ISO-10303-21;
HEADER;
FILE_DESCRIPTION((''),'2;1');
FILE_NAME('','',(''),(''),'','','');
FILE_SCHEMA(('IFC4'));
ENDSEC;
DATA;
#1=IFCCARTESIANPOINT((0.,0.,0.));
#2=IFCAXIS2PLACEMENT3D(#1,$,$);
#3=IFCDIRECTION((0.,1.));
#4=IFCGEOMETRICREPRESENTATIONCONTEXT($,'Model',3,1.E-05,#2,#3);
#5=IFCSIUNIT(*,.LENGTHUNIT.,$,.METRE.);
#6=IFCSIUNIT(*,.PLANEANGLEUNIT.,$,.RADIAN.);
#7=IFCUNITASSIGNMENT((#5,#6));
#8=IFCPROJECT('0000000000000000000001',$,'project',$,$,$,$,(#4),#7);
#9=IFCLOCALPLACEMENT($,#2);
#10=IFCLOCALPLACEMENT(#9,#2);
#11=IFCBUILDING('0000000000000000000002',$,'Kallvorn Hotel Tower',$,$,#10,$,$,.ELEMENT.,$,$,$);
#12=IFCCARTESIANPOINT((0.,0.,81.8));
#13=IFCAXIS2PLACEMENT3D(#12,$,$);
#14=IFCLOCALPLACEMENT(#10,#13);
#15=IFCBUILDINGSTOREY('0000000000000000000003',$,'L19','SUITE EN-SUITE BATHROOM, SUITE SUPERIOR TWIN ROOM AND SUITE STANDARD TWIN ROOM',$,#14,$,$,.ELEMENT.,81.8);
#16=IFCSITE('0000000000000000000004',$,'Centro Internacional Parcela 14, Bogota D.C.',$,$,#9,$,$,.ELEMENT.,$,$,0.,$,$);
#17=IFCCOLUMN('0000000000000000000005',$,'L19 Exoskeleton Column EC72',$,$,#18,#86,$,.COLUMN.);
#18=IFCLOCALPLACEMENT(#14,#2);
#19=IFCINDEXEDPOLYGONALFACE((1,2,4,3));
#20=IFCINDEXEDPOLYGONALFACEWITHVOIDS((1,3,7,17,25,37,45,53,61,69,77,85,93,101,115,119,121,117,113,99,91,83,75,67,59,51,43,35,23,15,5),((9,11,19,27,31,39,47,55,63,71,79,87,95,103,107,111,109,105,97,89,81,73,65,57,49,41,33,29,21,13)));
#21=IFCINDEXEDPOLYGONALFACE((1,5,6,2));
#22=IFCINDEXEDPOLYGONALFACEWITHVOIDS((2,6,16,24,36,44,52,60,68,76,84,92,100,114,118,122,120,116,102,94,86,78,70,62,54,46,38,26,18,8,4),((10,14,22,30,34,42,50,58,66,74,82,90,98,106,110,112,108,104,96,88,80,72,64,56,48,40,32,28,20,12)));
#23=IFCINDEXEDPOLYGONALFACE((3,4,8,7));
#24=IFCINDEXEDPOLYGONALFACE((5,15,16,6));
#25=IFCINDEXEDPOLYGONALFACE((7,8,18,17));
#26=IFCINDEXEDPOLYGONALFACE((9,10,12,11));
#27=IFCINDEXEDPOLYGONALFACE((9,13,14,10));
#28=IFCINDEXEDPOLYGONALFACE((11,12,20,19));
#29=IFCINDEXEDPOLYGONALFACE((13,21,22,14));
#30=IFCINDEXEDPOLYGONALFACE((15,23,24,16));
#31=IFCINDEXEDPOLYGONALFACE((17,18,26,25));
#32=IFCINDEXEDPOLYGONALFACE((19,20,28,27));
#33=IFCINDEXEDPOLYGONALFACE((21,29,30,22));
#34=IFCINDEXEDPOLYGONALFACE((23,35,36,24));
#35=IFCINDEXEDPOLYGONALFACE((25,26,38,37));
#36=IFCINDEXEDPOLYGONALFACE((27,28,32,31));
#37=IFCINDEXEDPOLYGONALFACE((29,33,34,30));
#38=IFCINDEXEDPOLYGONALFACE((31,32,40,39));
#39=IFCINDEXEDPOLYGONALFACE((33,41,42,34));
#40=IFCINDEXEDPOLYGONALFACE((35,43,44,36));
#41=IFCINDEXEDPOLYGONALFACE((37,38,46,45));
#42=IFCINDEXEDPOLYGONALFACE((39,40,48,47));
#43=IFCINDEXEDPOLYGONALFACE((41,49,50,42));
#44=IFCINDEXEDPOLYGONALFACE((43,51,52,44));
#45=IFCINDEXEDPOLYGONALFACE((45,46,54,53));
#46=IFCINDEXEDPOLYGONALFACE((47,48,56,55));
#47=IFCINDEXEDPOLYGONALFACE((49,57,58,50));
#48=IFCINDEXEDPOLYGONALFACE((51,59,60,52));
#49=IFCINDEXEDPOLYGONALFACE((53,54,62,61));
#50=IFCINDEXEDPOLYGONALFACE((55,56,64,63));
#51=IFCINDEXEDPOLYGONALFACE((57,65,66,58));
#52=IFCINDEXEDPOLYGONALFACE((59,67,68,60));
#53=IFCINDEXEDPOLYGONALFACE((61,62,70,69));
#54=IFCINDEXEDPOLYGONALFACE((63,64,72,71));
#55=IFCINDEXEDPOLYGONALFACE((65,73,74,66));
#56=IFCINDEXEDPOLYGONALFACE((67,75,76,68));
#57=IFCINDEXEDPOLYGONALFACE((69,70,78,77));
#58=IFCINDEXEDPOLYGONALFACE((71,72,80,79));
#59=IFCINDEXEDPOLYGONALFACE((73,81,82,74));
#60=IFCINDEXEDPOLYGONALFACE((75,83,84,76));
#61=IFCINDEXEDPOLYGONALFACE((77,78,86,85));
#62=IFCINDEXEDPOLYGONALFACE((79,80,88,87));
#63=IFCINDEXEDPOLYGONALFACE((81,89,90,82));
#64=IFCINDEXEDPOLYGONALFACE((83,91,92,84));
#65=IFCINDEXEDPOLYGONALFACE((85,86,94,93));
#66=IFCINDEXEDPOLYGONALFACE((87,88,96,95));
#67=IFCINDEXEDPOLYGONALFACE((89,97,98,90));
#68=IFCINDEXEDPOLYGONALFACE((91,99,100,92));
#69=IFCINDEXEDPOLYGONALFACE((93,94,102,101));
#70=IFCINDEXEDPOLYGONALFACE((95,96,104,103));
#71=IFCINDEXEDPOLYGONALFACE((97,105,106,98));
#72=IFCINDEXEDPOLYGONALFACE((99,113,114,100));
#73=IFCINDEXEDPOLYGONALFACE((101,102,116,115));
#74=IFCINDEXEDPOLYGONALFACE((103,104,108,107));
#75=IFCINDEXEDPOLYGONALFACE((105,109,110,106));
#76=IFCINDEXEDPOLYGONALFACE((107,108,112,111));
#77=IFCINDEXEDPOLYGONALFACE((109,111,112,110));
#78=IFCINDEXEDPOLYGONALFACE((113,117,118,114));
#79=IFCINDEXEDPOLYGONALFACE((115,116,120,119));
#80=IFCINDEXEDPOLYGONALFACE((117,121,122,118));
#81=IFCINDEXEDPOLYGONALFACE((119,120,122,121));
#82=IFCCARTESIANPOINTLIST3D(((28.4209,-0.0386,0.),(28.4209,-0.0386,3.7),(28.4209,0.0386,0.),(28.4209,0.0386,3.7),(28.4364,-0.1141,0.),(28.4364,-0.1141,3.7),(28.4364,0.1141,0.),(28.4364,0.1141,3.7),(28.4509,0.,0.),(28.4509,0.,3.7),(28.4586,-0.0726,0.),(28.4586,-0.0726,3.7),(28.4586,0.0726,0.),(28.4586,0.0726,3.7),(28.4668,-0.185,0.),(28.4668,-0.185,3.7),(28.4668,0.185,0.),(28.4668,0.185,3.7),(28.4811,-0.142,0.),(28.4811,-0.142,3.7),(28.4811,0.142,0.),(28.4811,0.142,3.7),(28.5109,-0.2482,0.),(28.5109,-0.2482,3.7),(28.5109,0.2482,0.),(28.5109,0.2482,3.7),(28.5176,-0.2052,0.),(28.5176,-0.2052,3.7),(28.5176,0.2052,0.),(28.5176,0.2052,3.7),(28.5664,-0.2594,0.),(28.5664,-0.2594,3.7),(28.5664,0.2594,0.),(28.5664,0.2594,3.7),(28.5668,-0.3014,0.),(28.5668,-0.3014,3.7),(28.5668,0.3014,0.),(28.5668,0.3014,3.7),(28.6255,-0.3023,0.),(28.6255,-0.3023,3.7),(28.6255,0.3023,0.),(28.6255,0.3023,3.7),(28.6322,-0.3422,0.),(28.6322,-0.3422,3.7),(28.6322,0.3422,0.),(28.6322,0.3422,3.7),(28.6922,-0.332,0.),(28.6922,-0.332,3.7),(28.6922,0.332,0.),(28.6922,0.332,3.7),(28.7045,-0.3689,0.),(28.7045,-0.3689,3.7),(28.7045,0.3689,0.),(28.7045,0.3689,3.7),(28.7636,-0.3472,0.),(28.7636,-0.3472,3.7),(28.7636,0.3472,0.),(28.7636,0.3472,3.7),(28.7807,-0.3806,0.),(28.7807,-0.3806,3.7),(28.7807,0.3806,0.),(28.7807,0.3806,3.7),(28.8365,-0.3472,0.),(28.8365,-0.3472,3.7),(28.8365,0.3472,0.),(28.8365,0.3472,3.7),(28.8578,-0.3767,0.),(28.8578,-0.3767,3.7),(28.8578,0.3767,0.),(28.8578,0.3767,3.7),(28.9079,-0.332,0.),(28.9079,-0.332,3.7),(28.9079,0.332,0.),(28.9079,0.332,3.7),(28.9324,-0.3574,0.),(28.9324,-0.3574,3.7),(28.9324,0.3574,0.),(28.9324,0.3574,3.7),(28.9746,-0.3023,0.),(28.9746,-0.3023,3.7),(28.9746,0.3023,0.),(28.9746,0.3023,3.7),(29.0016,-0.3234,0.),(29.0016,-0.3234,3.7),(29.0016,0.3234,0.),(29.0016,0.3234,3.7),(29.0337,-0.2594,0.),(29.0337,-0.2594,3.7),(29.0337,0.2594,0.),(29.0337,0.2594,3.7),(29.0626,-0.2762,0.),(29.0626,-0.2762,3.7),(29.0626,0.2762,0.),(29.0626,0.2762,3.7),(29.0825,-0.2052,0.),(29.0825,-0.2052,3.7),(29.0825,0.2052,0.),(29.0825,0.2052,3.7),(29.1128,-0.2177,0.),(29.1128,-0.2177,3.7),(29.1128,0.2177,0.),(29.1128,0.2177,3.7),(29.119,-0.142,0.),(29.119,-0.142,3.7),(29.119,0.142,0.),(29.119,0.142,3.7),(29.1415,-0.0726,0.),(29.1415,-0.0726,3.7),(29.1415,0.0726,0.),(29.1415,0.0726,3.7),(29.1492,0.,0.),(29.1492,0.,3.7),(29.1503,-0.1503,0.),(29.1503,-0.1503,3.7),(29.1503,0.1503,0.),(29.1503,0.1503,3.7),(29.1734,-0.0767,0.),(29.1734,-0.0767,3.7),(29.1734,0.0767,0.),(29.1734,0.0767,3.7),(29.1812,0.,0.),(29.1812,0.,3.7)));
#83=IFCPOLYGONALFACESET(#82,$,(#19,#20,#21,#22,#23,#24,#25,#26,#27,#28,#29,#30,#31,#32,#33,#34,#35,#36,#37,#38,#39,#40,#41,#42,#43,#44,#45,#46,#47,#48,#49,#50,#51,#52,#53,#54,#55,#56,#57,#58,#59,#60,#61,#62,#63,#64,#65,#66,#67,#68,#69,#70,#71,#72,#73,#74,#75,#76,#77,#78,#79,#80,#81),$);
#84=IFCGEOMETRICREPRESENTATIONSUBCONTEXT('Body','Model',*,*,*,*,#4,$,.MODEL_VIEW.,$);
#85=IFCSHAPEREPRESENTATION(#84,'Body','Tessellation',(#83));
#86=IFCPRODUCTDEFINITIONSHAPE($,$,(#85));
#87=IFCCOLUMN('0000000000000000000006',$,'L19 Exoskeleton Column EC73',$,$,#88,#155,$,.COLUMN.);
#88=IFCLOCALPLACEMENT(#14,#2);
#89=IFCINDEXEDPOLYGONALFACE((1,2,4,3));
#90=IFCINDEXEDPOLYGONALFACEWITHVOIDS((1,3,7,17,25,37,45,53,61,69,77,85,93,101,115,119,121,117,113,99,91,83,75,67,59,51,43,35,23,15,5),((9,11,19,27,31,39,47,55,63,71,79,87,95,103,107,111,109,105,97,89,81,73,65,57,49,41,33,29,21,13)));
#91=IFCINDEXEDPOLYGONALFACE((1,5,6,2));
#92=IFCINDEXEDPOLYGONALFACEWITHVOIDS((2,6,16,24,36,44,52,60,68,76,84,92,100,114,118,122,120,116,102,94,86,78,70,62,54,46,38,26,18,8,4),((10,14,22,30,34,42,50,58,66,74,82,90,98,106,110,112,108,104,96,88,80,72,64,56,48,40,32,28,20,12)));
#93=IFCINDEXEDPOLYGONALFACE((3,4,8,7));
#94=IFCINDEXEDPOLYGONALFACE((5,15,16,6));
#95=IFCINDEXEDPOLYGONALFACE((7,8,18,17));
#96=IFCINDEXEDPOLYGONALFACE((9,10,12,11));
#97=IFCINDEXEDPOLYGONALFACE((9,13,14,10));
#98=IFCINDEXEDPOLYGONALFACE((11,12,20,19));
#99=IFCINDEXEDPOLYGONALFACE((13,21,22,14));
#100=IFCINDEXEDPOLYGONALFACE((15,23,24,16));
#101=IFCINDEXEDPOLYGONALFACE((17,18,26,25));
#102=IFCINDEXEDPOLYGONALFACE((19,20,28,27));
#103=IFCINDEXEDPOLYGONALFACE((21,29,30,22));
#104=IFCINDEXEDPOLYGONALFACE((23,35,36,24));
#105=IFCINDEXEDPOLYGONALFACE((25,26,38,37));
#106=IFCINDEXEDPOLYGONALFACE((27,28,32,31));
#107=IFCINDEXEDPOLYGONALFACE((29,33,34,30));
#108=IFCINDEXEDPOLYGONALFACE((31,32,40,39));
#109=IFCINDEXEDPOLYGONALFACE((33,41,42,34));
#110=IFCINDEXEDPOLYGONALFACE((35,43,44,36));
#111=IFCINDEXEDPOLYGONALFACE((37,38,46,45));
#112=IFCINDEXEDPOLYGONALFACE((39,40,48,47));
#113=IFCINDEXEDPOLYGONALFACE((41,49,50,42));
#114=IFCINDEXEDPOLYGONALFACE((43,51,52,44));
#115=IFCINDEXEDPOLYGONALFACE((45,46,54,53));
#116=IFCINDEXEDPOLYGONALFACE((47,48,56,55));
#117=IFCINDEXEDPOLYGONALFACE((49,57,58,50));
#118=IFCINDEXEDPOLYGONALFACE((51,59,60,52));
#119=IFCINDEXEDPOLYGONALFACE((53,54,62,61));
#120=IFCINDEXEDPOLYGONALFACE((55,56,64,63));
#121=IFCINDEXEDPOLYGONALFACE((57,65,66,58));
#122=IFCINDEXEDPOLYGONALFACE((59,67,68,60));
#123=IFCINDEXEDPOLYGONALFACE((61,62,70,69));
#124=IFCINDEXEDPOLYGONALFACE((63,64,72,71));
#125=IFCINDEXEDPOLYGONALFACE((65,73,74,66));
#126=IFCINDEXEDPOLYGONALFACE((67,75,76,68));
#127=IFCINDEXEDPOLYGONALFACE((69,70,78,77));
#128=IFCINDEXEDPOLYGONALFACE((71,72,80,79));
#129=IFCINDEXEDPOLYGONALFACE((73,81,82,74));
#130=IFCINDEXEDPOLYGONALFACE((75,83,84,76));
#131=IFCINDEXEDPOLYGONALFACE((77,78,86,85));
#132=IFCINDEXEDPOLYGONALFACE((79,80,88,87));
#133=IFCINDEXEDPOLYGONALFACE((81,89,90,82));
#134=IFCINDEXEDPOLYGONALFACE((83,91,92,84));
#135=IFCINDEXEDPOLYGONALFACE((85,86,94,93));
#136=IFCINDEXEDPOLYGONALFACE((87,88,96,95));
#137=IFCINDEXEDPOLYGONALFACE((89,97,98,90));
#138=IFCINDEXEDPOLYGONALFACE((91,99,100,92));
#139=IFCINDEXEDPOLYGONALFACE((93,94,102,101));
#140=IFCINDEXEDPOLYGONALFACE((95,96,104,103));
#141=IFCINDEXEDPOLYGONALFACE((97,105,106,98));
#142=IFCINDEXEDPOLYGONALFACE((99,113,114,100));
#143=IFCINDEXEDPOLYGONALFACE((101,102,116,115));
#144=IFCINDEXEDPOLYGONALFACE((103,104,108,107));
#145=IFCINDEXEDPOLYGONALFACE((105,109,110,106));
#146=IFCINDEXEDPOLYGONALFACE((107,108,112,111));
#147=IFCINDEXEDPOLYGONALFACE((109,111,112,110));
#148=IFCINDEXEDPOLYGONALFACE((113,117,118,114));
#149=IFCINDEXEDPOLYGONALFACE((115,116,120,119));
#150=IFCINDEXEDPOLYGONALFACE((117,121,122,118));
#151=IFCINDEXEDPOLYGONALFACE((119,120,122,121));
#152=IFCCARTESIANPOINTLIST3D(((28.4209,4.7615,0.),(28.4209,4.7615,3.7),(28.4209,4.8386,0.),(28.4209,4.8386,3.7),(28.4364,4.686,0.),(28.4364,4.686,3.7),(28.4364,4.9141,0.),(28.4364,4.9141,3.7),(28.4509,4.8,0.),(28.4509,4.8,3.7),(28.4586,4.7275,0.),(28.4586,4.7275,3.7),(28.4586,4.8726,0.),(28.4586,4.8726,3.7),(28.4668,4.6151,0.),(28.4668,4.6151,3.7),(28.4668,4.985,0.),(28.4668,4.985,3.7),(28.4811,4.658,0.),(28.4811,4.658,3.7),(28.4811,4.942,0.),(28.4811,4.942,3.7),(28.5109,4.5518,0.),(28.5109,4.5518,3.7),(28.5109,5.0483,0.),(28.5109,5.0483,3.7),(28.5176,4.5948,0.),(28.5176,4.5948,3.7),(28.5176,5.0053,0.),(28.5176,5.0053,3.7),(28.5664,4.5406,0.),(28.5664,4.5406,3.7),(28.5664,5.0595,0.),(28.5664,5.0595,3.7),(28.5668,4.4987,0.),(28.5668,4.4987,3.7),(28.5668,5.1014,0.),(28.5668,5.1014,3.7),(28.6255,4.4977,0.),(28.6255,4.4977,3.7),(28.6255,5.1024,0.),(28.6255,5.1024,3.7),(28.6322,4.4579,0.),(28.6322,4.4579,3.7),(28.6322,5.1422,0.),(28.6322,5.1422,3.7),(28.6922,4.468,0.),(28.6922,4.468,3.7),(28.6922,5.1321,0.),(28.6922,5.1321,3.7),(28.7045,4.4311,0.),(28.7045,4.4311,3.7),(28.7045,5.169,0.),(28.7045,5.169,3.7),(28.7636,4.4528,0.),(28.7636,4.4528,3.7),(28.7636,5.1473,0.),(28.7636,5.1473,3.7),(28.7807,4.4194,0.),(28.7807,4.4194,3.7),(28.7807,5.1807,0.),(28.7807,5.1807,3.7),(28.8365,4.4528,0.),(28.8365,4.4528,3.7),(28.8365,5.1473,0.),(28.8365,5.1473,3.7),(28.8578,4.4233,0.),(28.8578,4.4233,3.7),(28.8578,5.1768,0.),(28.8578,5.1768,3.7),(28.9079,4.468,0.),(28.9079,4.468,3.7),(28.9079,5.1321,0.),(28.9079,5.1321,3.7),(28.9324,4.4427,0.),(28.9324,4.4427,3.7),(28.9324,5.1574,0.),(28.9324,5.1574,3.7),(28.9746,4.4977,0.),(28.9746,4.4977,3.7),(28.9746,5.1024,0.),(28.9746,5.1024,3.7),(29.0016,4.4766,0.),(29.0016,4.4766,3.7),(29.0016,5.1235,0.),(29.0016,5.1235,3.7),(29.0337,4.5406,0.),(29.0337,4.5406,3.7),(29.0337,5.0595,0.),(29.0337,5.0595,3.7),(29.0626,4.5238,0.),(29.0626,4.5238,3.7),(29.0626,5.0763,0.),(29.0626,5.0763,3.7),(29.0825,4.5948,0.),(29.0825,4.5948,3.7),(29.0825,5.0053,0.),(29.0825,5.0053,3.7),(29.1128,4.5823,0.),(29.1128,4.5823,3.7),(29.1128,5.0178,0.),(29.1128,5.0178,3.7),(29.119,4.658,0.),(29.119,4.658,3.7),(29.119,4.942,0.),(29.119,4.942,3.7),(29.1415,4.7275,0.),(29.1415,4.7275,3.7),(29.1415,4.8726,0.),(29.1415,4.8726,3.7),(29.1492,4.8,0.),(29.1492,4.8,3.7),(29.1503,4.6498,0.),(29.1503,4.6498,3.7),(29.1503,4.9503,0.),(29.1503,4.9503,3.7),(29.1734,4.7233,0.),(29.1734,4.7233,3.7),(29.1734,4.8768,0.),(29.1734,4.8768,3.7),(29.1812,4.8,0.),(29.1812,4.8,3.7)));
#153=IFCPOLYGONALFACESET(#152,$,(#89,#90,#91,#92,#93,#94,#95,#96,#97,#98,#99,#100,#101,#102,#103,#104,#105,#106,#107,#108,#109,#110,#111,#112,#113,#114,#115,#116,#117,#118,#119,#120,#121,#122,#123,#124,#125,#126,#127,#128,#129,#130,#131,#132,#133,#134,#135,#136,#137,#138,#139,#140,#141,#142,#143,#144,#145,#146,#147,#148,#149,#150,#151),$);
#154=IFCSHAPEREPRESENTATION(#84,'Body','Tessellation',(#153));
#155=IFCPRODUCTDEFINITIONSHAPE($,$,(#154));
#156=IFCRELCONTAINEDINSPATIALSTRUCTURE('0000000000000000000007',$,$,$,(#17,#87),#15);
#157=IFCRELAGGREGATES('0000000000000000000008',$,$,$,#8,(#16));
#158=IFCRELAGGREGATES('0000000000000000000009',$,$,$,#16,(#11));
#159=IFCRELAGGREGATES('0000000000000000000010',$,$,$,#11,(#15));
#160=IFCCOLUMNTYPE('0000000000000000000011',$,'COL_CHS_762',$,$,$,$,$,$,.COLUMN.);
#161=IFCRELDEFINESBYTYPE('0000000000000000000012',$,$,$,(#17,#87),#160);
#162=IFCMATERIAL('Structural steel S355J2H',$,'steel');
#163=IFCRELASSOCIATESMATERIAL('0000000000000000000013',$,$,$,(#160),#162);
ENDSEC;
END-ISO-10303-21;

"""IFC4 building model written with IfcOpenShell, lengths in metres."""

from ifc_helpers import new_model, si_unit, direction, frame, origin, origin_2d, place, context, subcontext, project, spatial, hollow_circle, extrude, material, material_profile, profile_set, type_object, element, save


model = new_model("IFC4")

# Units and contexts
model_context = context("Model", 3, precision=1e-05, world=origin(), true_north=direction((0.0, 1.0)))
body_context = subcontext(model_context, "Body", "Model", "MODEL_VIEW")
ifc_project = project(units=[si_unit("LENGTHUNIT", "METRE"), si_unit("PLANEANGLEUNIT", "RADIAN")], contexts=[model_context])

# Site, building, storey
site_placement = place(None, origin())
site = spatial("IfcSite", under=ifc_project, at=site_placement, Name="Centro Internacional Parcela 14, Bogota D.C.", CompositionType="ELEMENT", RefElevation=0.0)
building_placement = place(site_placement, origin())
building = spatial("IfcBuilding", under=site, at=building_placement, Name="Kallvorn Hotel Tower", CompositionType="ELEMENT")
storey_placement = place(building_placement, frame((0.0, 0.0, 81.8)))
storey = spatial("IfcBuildingStorey", under=building, at=storey_placement, Name="L19", Description="SUITE EN-SUITE BATHROOM, SUITE SUPERIOR TWIN ROOM AND SUITE STANDARD TWIN ROOM", CompositionType="ELEMENT", Elevation=81.8)

# Columns
ifc_material_1 = material(Name="Structural steel S355J2H", Category="steel")
ifc_material_profile_1 = material_profile(ifc_material_1, hollow_circle(Radius=0.3811, WallThickness=0.032, at=origin_2d()), Name="CHS 762x32")
ifc_profile_set_1 = profile_set([ifc_material_profile_1], Name="Structural steel S355J2H")
column_type_1 = type_object("IfcColumnType", Name="COL_CHS_762", PredefinedType="COLUMN", material=ifc_profile_set_1)
for number, where, z_axis, x_axis, name in (
    (1, (28.8, 0.0, 0.0), (0.0, 0.0, 1.0), (1.0, 0.0, 0.0), "L19 Exoskeleton Column EC72"),
    (2, (28.8, 4.8, 0.0), (0.0, 0.0, 1.0), (1.0, 0.0, 0.0), "L19 Exoskeleton Column EC73"),
):
    element("IfcColumn", number, at=place(storey_placement, frame(where, z_axis=z_axis, x_axis=x_axis)), inside=storey, type_object=column_type_1, Name=name, PredefinedType="COLUMN", context=body_context, shape_type="SweptSolid", body=[
        extrude(hollow_circle(Radius=0.3811, WallThickness=0.032, at=origin_2d()), origin(), (0.0, 0.0, 1.0), 3.7),
    ])

save(model, "model.ifc")
